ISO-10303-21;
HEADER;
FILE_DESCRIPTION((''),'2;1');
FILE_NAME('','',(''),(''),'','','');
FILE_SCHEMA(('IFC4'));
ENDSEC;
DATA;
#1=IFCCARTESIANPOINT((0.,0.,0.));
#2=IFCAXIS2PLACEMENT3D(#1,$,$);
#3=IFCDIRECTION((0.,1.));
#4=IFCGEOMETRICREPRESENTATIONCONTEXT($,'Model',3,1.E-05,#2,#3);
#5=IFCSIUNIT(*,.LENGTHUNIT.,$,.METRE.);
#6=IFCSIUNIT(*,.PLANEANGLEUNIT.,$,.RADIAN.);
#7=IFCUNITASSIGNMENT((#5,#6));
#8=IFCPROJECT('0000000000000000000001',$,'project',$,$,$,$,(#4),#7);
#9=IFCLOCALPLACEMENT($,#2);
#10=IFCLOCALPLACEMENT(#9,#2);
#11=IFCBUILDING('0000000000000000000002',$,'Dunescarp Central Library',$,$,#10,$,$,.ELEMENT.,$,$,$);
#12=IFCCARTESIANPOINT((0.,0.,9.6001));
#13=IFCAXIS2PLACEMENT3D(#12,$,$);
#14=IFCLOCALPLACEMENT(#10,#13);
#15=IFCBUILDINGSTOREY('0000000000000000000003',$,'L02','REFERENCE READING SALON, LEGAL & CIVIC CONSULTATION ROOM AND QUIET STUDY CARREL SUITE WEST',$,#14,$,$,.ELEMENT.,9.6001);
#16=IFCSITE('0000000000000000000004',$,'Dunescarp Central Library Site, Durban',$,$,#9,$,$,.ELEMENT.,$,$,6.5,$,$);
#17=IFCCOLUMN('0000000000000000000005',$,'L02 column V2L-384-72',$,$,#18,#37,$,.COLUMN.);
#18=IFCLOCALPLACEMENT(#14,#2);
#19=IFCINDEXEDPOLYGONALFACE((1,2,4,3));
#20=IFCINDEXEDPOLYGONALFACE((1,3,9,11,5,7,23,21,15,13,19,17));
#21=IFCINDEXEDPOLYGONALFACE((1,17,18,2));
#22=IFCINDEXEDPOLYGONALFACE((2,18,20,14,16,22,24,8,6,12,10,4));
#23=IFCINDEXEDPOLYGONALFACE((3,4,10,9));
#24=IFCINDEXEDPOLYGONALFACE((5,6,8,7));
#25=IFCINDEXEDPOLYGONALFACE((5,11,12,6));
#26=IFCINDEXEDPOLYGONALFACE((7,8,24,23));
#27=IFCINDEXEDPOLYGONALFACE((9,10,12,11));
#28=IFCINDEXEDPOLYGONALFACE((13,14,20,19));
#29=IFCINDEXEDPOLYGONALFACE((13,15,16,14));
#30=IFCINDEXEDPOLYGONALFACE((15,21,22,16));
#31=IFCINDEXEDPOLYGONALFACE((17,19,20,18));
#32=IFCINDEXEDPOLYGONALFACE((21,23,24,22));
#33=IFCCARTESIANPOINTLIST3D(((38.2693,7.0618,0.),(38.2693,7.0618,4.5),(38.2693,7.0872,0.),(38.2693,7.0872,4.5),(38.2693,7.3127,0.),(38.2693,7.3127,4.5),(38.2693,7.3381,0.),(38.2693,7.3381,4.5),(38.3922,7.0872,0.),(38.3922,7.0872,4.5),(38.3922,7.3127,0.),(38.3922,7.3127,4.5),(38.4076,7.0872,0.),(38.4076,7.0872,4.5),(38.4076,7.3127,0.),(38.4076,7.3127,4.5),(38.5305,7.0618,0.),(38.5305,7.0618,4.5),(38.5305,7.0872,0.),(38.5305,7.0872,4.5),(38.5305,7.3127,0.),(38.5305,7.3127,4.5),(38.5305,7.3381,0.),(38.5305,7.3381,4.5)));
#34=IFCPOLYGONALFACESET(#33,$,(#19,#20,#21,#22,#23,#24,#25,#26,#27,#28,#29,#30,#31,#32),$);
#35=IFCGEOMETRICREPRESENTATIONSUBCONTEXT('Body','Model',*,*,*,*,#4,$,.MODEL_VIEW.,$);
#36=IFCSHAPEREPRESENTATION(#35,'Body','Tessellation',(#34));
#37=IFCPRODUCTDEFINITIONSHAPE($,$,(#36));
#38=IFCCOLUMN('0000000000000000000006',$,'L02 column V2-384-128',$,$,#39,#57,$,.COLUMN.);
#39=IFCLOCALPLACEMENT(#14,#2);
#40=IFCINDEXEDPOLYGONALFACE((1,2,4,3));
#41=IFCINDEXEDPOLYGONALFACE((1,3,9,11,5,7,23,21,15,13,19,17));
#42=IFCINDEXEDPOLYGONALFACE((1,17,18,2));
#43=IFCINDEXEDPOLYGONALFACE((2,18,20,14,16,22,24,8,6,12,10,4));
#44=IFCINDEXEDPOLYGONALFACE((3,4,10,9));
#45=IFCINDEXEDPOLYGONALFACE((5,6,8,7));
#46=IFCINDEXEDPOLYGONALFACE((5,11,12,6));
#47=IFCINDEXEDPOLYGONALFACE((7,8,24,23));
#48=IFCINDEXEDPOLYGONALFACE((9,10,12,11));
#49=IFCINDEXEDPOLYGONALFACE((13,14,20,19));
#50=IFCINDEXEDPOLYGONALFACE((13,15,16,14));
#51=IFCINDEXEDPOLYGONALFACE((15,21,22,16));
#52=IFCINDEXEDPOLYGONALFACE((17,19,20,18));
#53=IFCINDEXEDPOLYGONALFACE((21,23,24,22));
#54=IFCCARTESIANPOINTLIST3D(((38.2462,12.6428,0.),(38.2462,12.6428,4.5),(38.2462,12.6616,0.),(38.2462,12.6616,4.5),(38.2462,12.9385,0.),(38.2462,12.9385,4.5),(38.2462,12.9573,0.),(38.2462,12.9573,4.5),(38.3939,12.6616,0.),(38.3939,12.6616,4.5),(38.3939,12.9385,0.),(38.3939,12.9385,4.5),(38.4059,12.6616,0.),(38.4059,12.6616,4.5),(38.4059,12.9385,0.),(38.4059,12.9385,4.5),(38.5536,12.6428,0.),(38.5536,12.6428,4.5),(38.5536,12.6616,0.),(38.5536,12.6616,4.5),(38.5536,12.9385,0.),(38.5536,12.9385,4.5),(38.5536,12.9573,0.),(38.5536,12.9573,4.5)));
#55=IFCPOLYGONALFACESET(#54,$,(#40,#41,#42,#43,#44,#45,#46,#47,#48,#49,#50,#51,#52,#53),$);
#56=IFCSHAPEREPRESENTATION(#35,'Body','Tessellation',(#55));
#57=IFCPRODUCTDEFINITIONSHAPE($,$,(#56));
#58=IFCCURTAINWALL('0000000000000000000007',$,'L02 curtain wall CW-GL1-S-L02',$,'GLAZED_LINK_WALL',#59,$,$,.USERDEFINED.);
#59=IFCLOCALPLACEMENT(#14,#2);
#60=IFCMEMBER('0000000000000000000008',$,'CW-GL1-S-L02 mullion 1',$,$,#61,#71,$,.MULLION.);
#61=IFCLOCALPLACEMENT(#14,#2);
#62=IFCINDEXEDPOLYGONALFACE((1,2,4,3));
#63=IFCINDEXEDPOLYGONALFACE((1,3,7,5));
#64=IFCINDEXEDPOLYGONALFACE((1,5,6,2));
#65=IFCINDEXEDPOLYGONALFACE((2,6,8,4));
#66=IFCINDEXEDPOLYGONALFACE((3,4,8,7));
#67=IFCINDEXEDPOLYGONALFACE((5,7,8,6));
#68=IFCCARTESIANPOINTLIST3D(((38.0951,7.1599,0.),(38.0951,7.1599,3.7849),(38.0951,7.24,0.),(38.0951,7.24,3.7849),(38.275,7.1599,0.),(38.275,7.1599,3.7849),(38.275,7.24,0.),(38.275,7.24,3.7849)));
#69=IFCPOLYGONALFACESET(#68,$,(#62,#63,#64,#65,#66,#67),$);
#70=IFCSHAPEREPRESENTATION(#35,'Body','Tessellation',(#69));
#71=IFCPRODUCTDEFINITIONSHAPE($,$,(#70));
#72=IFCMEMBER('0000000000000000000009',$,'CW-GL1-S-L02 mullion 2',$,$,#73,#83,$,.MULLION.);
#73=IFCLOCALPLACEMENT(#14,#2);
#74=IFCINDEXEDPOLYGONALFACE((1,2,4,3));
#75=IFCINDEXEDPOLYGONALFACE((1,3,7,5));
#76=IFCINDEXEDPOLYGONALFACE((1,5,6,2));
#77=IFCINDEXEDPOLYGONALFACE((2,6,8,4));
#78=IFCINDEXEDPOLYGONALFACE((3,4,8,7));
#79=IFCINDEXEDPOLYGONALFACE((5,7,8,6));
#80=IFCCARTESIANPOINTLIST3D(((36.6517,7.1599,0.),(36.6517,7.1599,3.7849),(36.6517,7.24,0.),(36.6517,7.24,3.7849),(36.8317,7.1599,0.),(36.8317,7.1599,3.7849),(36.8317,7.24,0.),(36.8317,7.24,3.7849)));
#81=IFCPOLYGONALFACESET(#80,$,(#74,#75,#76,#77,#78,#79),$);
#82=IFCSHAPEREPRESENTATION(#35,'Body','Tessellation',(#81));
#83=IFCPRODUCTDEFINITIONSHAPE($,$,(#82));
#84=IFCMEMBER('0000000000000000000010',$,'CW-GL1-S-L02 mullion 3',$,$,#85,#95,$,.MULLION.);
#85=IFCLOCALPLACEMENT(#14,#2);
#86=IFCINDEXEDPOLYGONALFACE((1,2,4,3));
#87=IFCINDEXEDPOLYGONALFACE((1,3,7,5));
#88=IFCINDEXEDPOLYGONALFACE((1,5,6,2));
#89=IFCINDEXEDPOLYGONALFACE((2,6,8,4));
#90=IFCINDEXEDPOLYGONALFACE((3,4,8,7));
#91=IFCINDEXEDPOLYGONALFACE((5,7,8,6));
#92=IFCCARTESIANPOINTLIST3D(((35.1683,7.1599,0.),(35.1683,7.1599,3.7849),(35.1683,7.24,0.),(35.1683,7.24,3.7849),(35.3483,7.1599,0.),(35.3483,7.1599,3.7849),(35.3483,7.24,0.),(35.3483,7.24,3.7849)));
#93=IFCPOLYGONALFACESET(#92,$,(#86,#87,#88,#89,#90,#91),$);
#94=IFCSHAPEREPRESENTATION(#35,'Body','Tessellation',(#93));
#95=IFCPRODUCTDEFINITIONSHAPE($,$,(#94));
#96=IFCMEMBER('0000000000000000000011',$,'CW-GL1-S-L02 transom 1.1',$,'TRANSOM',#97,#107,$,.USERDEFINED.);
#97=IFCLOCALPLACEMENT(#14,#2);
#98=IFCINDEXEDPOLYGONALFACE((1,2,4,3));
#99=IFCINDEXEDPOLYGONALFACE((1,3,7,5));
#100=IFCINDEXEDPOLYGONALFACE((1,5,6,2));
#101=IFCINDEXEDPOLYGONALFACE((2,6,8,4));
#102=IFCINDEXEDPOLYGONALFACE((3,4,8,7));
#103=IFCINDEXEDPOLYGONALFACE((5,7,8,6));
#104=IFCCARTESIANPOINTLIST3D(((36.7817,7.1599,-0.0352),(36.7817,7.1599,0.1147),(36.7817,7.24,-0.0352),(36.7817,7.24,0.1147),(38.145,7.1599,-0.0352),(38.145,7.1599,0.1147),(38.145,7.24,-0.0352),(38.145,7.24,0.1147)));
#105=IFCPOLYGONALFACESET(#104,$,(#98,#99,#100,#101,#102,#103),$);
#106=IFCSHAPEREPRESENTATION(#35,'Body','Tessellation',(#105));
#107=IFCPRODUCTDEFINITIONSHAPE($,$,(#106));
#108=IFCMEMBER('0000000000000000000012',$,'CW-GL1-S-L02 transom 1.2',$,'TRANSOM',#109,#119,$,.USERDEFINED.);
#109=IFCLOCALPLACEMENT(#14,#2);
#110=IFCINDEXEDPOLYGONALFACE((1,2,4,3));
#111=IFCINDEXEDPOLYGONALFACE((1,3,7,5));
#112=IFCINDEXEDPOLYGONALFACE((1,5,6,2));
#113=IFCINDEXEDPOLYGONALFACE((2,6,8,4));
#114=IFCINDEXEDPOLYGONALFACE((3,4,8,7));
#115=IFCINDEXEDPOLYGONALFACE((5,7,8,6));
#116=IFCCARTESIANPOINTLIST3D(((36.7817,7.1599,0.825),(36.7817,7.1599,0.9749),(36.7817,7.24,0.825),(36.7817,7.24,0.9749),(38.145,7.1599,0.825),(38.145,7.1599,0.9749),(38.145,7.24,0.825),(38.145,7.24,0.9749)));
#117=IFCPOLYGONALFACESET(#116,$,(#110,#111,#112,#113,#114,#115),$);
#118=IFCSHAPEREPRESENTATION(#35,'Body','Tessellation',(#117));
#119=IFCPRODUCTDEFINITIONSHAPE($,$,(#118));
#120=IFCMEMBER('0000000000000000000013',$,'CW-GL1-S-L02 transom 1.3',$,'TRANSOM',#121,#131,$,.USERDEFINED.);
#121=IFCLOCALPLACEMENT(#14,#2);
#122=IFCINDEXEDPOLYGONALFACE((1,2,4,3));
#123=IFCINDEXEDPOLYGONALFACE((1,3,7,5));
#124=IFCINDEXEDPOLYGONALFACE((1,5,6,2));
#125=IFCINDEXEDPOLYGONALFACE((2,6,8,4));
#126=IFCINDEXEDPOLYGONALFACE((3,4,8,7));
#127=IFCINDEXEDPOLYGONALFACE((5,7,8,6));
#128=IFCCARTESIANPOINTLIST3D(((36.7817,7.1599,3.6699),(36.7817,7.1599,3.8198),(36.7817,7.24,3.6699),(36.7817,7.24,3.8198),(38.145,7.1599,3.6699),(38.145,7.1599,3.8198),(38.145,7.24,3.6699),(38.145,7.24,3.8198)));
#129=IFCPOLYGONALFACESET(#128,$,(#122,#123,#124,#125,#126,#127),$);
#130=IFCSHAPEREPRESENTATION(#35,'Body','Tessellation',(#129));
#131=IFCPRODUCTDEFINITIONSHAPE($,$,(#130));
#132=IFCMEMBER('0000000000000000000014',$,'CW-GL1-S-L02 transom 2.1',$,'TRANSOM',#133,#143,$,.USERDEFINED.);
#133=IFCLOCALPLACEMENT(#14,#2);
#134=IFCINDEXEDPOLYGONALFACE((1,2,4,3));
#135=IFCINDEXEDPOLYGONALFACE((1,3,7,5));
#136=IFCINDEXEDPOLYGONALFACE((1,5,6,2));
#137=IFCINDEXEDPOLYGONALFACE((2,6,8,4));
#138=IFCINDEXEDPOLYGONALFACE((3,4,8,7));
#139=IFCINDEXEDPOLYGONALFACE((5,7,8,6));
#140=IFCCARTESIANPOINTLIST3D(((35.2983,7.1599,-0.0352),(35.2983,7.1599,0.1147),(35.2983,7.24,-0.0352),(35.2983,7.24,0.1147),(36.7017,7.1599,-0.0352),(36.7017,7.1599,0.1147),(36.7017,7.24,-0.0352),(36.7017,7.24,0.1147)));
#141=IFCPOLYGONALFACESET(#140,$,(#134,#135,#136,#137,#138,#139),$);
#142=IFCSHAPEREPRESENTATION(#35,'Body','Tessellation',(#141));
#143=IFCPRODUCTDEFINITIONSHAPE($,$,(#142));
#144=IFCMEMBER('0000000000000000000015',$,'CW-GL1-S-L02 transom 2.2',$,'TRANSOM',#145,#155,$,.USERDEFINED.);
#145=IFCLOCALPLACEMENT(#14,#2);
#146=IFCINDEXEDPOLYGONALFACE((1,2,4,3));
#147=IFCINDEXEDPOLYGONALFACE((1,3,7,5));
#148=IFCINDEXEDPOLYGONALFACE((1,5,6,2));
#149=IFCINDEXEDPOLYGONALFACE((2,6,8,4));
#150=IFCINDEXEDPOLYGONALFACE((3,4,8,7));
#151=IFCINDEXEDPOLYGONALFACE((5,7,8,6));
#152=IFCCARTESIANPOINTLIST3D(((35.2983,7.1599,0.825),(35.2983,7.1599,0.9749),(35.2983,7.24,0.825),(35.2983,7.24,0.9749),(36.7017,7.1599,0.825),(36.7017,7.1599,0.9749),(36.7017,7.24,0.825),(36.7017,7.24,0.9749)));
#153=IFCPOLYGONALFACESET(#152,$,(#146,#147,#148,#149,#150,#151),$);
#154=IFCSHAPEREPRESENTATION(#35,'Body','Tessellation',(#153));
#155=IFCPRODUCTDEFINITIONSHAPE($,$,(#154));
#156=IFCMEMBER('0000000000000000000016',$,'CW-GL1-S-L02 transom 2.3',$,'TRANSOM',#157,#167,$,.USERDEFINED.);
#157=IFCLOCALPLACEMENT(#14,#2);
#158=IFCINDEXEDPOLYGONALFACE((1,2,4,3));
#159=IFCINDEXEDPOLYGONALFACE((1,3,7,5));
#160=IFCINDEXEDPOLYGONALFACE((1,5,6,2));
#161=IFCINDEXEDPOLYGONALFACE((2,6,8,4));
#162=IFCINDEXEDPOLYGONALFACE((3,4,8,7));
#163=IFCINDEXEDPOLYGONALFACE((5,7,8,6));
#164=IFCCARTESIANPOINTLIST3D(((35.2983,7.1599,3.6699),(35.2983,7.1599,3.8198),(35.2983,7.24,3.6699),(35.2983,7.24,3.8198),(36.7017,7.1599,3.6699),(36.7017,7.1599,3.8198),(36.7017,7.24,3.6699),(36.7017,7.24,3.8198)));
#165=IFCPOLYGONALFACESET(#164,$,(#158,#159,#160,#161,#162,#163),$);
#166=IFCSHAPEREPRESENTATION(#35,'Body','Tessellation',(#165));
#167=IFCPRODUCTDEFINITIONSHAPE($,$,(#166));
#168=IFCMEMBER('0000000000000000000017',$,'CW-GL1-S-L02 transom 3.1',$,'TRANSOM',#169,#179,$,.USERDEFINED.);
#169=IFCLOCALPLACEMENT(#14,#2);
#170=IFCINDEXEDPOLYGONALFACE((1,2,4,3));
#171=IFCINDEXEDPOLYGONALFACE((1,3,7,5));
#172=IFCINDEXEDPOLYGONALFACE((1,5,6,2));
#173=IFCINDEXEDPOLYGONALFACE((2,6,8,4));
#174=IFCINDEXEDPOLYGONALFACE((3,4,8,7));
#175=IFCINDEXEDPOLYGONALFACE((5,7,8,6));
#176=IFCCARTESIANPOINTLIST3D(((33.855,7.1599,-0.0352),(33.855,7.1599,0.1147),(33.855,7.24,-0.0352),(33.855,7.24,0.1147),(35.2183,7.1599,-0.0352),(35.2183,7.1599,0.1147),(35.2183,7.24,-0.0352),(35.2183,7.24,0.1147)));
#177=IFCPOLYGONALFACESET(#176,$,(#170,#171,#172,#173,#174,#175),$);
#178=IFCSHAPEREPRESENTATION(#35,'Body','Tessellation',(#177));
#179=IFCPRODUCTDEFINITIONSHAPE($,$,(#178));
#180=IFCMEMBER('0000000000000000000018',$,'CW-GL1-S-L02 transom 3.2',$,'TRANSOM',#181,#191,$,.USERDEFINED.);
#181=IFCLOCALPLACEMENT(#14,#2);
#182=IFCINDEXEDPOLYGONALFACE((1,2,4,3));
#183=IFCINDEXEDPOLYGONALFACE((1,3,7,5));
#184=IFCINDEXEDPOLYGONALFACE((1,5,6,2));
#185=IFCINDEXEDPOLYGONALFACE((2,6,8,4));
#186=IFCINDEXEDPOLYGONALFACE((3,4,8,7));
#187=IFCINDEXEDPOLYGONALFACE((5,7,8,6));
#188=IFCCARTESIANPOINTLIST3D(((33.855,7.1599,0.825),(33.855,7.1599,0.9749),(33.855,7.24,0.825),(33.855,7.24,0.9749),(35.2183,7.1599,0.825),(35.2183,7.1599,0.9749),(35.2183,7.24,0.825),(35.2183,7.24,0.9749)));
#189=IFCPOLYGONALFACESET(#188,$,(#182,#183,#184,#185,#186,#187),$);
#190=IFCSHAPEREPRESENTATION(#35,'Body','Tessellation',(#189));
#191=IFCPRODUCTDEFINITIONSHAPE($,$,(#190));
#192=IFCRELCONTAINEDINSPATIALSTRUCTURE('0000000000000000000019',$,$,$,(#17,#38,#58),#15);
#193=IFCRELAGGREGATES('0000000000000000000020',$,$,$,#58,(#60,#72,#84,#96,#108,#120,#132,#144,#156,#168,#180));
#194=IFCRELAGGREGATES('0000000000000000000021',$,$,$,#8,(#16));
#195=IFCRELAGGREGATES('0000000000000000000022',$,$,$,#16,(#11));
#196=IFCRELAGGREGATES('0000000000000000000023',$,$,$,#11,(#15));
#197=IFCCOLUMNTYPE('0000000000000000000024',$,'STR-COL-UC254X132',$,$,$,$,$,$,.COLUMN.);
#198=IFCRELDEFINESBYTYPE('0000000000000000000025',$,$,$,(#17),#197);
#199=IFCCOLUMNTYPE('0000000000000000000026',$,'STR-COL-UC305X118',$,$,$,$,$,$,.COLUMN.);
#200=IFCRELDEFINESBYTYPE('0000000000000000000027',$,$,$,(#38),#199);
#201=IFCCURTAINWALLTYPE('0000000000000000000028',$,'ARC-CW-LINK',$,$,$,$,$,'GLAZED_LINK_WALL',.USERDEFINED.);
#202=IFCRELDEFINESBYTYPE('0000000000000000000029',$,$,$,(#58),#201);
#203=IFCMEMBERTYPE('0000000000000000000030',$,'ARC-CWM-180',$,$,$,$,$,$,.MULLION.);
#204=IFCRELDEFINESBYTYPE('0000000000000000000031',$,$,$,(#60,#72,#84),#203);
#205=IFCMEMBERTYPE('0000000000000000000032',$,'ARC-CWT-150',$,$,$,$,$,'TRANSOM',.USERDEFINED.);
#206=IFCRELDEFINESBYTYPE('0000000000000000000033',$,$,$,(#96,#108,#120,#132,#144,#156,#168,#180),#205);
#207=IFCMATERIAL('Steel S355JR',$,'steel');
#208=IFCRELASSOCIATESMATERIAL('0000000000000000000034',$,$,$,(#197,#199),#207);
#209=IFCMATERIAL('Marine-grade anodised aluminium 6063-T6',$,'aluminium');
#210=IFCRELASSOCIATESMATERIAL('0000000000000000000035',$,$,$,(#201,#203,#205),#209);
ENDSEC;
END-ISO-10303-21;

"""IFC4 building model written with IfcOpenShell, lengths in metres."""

from ifc_helpers import new_model, si_unit, direction, frame, origin, origin_2d, place, context, subcontext, project, spatial, rectangle, i_section, extrude, material, material_profile, profile_set, type_object, element, aggregate, save


model = new_model("IFC4")

# Units and contexts
model_context = context("Model", 3, precision=1e-05, world=origin(), true_north=direction((0.0, 1.0)))
body_context = subcontext(model_context, "Body", "Model", "MODEL_VIEW")
ifc_project = project(units=[si_unit("LENGTHUNIT", "METRE"), si_unit("PLANEANGLEUNIT", "RADIAN")], contexts=[model_context])

# Site, building, storey
site_placement = place(None, origin())
site = spatial("IfcSite", under=ifc_project, at=site_placement, Name="Dunescarp Central Library Site, Durban", CompositionType="ELEMENT", RefElevation=6.5)
building_placement = place(site_placement, origin())
building = spatial("IfcBuilding", under=site, at=building_placement, Name="Dunescarp Central Library", CompositionType="ELEMENT")
storey_placement = place(building_placement, frame((0.0, 0.0, 9.6001)))
storey = spatial("IfcBuildingStorey", under=building, at=storey_placement, Name="L02", Description="REFERENCE READING SALON, LEGAL & CIVIC CONSULTATION ROOM AND QUIET STUDY CARREL SUITE WEST", CompositionType="ELEMENT", Elevation=9.6001)

# Columns
ifc_material_1 = material(Name="Steel S355JR", Category="steel")
ifc_material_profile_1 = material_profile(ifc_material_1, i_section(OverallWidth=0.2612, OverallDepth=0.2764, WebThickness=0.0154, FlangeThickness=0.0254, at=origin_2d()), Name="UC 254x254x132")
ifc_profile_set_1 = profile_set([ifc_material_profile_1], Name="Steel S355JR")
column_type_1 = type_object("IfcColumnType", Name="STR-COL-UC254X132", PredefinedType="COLUMN", material=ifc_profile_set_1)
column_1_placement = place(storey_placement, frame((38.3999, 7.2, 0.0), z_axis=(0.0, 0.0, 1.0), x_axis=(1.0, 0.0, 0.0)))
element("IfcColumn", 1, at=column_1_placement, inside=storey, type_object=column_type_1, Name="L02 column V2L-384-72", PredefinedType="COLUMN", context=body_context, shape_type="SweptSolid", body=[
    extrude(i_section(OverallWidth=0.2612, OverallDepth=0.2764, WebThickness=0.0154, FlangeThickness=0.0254, at=origin_2d()), origin(), (0.0, 0.0, 1.0), 4.5),
])
ifc_material_profile_2 = material_profile(ifc_material_1, i_section(OverallWidth=0.3074, OverallDepth=0.3145, WebThickness=0.012, FlangeThickness=0.0188, at=origin_2d()), Name="UC 305x305x118")
ifc_profile_set_2 = profile_set([ifc_material_profile_2], Name="Steel S355JR")
column_type_2 = type_object("IfcColumnType", Name="STR-COL-UC305X118", PredefinedType="COLUMN", material=ifc_profile_set_2)
column_2_placement = place(storey_placement, frame((38.3999, 12.8, 0.0), z_axis=(0.0, 0.0, 1.0), x_axis=(1.0, 0.0, 0.0)))
element("IfcColumn", 2, at=column_2_placement, inside=storey, type_object=column_type_2, Name="L02 column V2-384-128", PredefinedType="COLUMN", context=body_context, shape_type="SweptSolid", body=[
    extrude(i_section(OverallWidth=0.3074, OverallDepth=0.3145, WebThickness=0.012, FlangeThickness=0.0188, at=origin_2d()), origin(), (0.0, 0.0, 1.0), 4.5),
])

# Curtain wall, members
ifc_material_2 = material(Name="Marine-grade anodised aluminium 6063-T6", Category="aluminium")
curtain_wall_type = type_object("IfcCurtainWallType", Name="ARC-CW-LINK", ElementType="GLAZED_LINK_WALL", PredefinedType="USERDEFINED", material=ifc_material_2)
curtain_wall_placement = place(storey_placement, origin())
curtain_wall = element("IfcCurtainWall", 3, at=curtain_wall_placement, inside=storey, type_object=curtain_wall_type, Name="L02 curtain wall CW-GL1-S-L02", ObjectType="GLAZED_LINK_WALL", PredefinedType="USERDEFINED")
ifc_material_profile_3 = material_profile(ifc_material_2, rectangle(XDim=0.0801, YDim=0.1799, at=origin_2d()), Name="AL 80x180")
ifc_profile_set_3 = profile_set([ifc_material_profile_3], Name="Marine-grade anodised aluminium 6063-T6")
member_type_1 = type_object("IfcMemberType", Name="ARC-CWM-180", PredefinedType="MULLION", material=ifc_profile_set_3)
member_1_placement = place(storey_placement, frame((38.1851, 7.2, 0.0), z_axis=(0.0, 0.0, 1.0), x_axis=(0.0, -1.0, 0.0)))
member_1 = element("IfcMember", 4, at=member_1_placement, type_object=member_type_1, Name="CW-GL1-S-L02 mullion 1", PredefinedType="MULLION", context=body_context, shape_type="SweptSolid", body=[
    extrude(rectangle(XDim=0.0801, YDim=0.1799, at=origin_2d()), origin(), (0.0, 0.0, 1.0), 3.7849),
])
member_2_placement = place(storey_placement, frame((36.7417, 7.2, 0.0), z_axis=(0.0, 0.0, 1.0), x_axis=(0.0, -1.0, 0.0)))
member_2 = element("IfcMember", 5, at=member_2_placement, type_object=member_type_1, Name="CW-GL1-S-L02 mullion 2", PredefinedType="MULLION", context=body_context, shape_type="SweptSolid", body=[
    extrude(rectangle(XDim=0.0801, YDim=0.1799, at=origin_2d()), origin(), (0.0, 0.0, 1.0), 3.7849),
])
member_3_placement = place(storey_placement, frame((35.2583, 7.2, 0.0), z_axis=(0.0, 0.0, 1.0), x_axis=(0.0, -1.0, 0.0)))
member_3 = element("IfcMember", 6, at=member_3_placement, type_object=member_type_1, Name="CW-GL1-S-L02 mullion 3", PredefinedType="MULLION", context=body_context, shape_type="SweptSolid", body=[
    extrude(rectangle(XDim=0.0801, YDim=0.1799, at=origin_2d()), origin(), (0.0, 0.0, 1.0), 3.7849),
])
ifc_material_profile_4 = material_profile(ifc_material_2, rectangle(XDim=0.0801, YDim=0.1499, at=origin_2d()), Name="AL 80x150")
ifc_profile_set_4 = profile_set([ifc_material_profile_4], Name="Marine-grade anodised aluminium 6063-T6")
member_type_2 = type_object("IfcMemberType", Name="ARC-CWT-150", ElementType="TRANSOM", PredefinedType="USERDEFINED", material=ifc_profile_set_4)
member_4_placement = place(storey_placement, frame((38.145, 7.2, 0.0398), z_axis=(-1.0, 0.0, 0.0), x_axis=(0.0, -1.0, 0.0)))
member_4 = element("IfcMember", 7, at=member_4_placement, type_object=member_type_2, Name="CW-GL1-S-L02 transom 1.1", ObjectType="TRANSOM", PredefinedType="USERDEFINED", context=body_context, shape_type="SweptSolid", body=[
    extrude(rectangle(XDim=0.0801, YDim=0.1499, at=origin_2d()), origin(), (0.0, 0.0, 1.0), 1.3633),
])
member_5_placement = place(storey_placement, frame((38.145, 7.2, 0.8999), z_axis=(-1.0, 0.0, 0.0), x_axis=(0.0, -1.0, 0.0)))
member_5 = element("IfcMember", 8, at=member_5_placement, type_object=member_type_2, Name="CW-GL1-S-L02 transom 1.2", ObjectType="TRANSOM", PredefinedType="USERDEFINED", context=body_context, shape_type="SweptSolid", body=[
    extrude(rectangle(XDim=0.0801, YDim=0.1499, at=origin_2d()), origin(), (0.0, 0.0, 1.0), 1.3633),
])
member_6_placement = place(storey_placement, frame((38.145, 7.2, 3.7449), z_axis=(-1.0, 0.0, 0.0), x_axis=(0.0, -1.0, 0.0)))
member_6 = element("IfcMember", 9, at=member_6_placement, type_object=member_type_2, Name="CW-GL1-S-L02 transom 1.3", ObjectType="TRANSOM", PredefinedType="USERDEFINED", context=body_context, shape_type="SweptSolid", body=[
    extrude(rectangle(XDim=0.0801, YDim=0.1499, at=origin_2d()), origin(), (0.0, 0.0, 1.0), 1.3633),
])
member_7_placement = place(storey_placement, frame((36.7017, 7.2, 0.0398), z_axis=(-1.0, 0.0, 0.0), x_axis=(0.0, -1.0, 0.0)))
member_7 = element("IfcMember", 10, at=member_7_placement, type_object=member_type_2, Name="CW-GL1-S-L02 transom 2.1", ObjectType="TRANSOM", PredefinedType="USERDEFINED", context=body_context, shape_type="SweptSolid", body=[
    extrude(rectangle(XDim=0.0801, YDim=0.1499, at=origin_2d()), origin(), (0.0, 0.0, 1.0), 1.4033),
])
member_8_placement = place(storey_placement, frame((36.7017, 7.2, 0.8999), z_axis=(-1.0, 0.0, 0.0), x_axis=(0.0, -1.0, 0.0)))
member_8 = element("IfcMember", 11, at=member_8_placement, type_object=member_type_2, Name="CW-GL1-S-L02 transom 2.2", ObjectType="TRANSOM", PredefinedType="USERDEFINED", context=body_context, shape_type="SweptSolid", body=[
    extrude(rectangle(XDim=0.0801, YDim=0.1499, at=origin_2d()), origin(), (0.0, 0.0, 1.0), 1.4033),
])
member_9_placement = place(storey_placement, frame((36.7017, 7.2, 3.7449), z_axis=(-1.0, 0.0, 0.0), x_axis=(0.0, -1.0, 0.0)))
member_9 = element("IfcMember", 12, at=member_9_placement, type_object=member_type_2, Name="CW-GL1-S-L02 transom 2.3", ObjectType="TRANSOM", PredefinedType="USERDEFINED", context=body_context, shape_type="SweptSolid", body=[
    extrude(rectangle(XDim=0.0801, YDim=0.1499, at=origin_2d()), origin(), (0.0, 0.0, 1.0), 1.4033),
])
member_10_placement = place(storey_placement, frame((35.2183, 7.2, 0.0398), z_axis=(-1.0, 0.0, 0.0), x_axis=(0.0, -1.0, 0.0)))
member_10 = element("IfcMember", 13, at=member_10_placement, type_object=member_type_2, Name="CW-GL1-S-L02 transom 3.1", ObjectType="TRANSOM", PredefinedType="USERDEFINED", context=body_context, shape_type="SweptSolid", body=[
    extrude(rectangle(XDim=0.0801, YDim=0.1499, at=origin_2d()), origin(), (0.0, 0.0, 1.0), 1.3633),
])
member_11_placement = place(storey_placement, frame((35.2183, 7.2, 0.8999), z_axis=(-1.0, 0.0, 0.0), x_axis=(0.0, -1.0, 0.0)))
member_11 = element("IfcMember", 14, at=member_11_placement, type_object=member_type_2, Name="CW-GL1-S-L02 transom 3.2", ObjectType="TRANSOM", PredefinedType="USERDEFINED", context=body_context, shape_type="SweptSolid", body=[
    extrude(rectangle(XDim=0.0801, YDim=0.1499, at=origin_2d()), origin(), (0.0, 0.0, 1.0), 1.3633),
])

aggregate(curtain_wall, [member_1, member_2, member_3, member_4, member_5, member_6, member_7, member_8, member_9, member_10, member_11])

save(model, "model.ifc")
